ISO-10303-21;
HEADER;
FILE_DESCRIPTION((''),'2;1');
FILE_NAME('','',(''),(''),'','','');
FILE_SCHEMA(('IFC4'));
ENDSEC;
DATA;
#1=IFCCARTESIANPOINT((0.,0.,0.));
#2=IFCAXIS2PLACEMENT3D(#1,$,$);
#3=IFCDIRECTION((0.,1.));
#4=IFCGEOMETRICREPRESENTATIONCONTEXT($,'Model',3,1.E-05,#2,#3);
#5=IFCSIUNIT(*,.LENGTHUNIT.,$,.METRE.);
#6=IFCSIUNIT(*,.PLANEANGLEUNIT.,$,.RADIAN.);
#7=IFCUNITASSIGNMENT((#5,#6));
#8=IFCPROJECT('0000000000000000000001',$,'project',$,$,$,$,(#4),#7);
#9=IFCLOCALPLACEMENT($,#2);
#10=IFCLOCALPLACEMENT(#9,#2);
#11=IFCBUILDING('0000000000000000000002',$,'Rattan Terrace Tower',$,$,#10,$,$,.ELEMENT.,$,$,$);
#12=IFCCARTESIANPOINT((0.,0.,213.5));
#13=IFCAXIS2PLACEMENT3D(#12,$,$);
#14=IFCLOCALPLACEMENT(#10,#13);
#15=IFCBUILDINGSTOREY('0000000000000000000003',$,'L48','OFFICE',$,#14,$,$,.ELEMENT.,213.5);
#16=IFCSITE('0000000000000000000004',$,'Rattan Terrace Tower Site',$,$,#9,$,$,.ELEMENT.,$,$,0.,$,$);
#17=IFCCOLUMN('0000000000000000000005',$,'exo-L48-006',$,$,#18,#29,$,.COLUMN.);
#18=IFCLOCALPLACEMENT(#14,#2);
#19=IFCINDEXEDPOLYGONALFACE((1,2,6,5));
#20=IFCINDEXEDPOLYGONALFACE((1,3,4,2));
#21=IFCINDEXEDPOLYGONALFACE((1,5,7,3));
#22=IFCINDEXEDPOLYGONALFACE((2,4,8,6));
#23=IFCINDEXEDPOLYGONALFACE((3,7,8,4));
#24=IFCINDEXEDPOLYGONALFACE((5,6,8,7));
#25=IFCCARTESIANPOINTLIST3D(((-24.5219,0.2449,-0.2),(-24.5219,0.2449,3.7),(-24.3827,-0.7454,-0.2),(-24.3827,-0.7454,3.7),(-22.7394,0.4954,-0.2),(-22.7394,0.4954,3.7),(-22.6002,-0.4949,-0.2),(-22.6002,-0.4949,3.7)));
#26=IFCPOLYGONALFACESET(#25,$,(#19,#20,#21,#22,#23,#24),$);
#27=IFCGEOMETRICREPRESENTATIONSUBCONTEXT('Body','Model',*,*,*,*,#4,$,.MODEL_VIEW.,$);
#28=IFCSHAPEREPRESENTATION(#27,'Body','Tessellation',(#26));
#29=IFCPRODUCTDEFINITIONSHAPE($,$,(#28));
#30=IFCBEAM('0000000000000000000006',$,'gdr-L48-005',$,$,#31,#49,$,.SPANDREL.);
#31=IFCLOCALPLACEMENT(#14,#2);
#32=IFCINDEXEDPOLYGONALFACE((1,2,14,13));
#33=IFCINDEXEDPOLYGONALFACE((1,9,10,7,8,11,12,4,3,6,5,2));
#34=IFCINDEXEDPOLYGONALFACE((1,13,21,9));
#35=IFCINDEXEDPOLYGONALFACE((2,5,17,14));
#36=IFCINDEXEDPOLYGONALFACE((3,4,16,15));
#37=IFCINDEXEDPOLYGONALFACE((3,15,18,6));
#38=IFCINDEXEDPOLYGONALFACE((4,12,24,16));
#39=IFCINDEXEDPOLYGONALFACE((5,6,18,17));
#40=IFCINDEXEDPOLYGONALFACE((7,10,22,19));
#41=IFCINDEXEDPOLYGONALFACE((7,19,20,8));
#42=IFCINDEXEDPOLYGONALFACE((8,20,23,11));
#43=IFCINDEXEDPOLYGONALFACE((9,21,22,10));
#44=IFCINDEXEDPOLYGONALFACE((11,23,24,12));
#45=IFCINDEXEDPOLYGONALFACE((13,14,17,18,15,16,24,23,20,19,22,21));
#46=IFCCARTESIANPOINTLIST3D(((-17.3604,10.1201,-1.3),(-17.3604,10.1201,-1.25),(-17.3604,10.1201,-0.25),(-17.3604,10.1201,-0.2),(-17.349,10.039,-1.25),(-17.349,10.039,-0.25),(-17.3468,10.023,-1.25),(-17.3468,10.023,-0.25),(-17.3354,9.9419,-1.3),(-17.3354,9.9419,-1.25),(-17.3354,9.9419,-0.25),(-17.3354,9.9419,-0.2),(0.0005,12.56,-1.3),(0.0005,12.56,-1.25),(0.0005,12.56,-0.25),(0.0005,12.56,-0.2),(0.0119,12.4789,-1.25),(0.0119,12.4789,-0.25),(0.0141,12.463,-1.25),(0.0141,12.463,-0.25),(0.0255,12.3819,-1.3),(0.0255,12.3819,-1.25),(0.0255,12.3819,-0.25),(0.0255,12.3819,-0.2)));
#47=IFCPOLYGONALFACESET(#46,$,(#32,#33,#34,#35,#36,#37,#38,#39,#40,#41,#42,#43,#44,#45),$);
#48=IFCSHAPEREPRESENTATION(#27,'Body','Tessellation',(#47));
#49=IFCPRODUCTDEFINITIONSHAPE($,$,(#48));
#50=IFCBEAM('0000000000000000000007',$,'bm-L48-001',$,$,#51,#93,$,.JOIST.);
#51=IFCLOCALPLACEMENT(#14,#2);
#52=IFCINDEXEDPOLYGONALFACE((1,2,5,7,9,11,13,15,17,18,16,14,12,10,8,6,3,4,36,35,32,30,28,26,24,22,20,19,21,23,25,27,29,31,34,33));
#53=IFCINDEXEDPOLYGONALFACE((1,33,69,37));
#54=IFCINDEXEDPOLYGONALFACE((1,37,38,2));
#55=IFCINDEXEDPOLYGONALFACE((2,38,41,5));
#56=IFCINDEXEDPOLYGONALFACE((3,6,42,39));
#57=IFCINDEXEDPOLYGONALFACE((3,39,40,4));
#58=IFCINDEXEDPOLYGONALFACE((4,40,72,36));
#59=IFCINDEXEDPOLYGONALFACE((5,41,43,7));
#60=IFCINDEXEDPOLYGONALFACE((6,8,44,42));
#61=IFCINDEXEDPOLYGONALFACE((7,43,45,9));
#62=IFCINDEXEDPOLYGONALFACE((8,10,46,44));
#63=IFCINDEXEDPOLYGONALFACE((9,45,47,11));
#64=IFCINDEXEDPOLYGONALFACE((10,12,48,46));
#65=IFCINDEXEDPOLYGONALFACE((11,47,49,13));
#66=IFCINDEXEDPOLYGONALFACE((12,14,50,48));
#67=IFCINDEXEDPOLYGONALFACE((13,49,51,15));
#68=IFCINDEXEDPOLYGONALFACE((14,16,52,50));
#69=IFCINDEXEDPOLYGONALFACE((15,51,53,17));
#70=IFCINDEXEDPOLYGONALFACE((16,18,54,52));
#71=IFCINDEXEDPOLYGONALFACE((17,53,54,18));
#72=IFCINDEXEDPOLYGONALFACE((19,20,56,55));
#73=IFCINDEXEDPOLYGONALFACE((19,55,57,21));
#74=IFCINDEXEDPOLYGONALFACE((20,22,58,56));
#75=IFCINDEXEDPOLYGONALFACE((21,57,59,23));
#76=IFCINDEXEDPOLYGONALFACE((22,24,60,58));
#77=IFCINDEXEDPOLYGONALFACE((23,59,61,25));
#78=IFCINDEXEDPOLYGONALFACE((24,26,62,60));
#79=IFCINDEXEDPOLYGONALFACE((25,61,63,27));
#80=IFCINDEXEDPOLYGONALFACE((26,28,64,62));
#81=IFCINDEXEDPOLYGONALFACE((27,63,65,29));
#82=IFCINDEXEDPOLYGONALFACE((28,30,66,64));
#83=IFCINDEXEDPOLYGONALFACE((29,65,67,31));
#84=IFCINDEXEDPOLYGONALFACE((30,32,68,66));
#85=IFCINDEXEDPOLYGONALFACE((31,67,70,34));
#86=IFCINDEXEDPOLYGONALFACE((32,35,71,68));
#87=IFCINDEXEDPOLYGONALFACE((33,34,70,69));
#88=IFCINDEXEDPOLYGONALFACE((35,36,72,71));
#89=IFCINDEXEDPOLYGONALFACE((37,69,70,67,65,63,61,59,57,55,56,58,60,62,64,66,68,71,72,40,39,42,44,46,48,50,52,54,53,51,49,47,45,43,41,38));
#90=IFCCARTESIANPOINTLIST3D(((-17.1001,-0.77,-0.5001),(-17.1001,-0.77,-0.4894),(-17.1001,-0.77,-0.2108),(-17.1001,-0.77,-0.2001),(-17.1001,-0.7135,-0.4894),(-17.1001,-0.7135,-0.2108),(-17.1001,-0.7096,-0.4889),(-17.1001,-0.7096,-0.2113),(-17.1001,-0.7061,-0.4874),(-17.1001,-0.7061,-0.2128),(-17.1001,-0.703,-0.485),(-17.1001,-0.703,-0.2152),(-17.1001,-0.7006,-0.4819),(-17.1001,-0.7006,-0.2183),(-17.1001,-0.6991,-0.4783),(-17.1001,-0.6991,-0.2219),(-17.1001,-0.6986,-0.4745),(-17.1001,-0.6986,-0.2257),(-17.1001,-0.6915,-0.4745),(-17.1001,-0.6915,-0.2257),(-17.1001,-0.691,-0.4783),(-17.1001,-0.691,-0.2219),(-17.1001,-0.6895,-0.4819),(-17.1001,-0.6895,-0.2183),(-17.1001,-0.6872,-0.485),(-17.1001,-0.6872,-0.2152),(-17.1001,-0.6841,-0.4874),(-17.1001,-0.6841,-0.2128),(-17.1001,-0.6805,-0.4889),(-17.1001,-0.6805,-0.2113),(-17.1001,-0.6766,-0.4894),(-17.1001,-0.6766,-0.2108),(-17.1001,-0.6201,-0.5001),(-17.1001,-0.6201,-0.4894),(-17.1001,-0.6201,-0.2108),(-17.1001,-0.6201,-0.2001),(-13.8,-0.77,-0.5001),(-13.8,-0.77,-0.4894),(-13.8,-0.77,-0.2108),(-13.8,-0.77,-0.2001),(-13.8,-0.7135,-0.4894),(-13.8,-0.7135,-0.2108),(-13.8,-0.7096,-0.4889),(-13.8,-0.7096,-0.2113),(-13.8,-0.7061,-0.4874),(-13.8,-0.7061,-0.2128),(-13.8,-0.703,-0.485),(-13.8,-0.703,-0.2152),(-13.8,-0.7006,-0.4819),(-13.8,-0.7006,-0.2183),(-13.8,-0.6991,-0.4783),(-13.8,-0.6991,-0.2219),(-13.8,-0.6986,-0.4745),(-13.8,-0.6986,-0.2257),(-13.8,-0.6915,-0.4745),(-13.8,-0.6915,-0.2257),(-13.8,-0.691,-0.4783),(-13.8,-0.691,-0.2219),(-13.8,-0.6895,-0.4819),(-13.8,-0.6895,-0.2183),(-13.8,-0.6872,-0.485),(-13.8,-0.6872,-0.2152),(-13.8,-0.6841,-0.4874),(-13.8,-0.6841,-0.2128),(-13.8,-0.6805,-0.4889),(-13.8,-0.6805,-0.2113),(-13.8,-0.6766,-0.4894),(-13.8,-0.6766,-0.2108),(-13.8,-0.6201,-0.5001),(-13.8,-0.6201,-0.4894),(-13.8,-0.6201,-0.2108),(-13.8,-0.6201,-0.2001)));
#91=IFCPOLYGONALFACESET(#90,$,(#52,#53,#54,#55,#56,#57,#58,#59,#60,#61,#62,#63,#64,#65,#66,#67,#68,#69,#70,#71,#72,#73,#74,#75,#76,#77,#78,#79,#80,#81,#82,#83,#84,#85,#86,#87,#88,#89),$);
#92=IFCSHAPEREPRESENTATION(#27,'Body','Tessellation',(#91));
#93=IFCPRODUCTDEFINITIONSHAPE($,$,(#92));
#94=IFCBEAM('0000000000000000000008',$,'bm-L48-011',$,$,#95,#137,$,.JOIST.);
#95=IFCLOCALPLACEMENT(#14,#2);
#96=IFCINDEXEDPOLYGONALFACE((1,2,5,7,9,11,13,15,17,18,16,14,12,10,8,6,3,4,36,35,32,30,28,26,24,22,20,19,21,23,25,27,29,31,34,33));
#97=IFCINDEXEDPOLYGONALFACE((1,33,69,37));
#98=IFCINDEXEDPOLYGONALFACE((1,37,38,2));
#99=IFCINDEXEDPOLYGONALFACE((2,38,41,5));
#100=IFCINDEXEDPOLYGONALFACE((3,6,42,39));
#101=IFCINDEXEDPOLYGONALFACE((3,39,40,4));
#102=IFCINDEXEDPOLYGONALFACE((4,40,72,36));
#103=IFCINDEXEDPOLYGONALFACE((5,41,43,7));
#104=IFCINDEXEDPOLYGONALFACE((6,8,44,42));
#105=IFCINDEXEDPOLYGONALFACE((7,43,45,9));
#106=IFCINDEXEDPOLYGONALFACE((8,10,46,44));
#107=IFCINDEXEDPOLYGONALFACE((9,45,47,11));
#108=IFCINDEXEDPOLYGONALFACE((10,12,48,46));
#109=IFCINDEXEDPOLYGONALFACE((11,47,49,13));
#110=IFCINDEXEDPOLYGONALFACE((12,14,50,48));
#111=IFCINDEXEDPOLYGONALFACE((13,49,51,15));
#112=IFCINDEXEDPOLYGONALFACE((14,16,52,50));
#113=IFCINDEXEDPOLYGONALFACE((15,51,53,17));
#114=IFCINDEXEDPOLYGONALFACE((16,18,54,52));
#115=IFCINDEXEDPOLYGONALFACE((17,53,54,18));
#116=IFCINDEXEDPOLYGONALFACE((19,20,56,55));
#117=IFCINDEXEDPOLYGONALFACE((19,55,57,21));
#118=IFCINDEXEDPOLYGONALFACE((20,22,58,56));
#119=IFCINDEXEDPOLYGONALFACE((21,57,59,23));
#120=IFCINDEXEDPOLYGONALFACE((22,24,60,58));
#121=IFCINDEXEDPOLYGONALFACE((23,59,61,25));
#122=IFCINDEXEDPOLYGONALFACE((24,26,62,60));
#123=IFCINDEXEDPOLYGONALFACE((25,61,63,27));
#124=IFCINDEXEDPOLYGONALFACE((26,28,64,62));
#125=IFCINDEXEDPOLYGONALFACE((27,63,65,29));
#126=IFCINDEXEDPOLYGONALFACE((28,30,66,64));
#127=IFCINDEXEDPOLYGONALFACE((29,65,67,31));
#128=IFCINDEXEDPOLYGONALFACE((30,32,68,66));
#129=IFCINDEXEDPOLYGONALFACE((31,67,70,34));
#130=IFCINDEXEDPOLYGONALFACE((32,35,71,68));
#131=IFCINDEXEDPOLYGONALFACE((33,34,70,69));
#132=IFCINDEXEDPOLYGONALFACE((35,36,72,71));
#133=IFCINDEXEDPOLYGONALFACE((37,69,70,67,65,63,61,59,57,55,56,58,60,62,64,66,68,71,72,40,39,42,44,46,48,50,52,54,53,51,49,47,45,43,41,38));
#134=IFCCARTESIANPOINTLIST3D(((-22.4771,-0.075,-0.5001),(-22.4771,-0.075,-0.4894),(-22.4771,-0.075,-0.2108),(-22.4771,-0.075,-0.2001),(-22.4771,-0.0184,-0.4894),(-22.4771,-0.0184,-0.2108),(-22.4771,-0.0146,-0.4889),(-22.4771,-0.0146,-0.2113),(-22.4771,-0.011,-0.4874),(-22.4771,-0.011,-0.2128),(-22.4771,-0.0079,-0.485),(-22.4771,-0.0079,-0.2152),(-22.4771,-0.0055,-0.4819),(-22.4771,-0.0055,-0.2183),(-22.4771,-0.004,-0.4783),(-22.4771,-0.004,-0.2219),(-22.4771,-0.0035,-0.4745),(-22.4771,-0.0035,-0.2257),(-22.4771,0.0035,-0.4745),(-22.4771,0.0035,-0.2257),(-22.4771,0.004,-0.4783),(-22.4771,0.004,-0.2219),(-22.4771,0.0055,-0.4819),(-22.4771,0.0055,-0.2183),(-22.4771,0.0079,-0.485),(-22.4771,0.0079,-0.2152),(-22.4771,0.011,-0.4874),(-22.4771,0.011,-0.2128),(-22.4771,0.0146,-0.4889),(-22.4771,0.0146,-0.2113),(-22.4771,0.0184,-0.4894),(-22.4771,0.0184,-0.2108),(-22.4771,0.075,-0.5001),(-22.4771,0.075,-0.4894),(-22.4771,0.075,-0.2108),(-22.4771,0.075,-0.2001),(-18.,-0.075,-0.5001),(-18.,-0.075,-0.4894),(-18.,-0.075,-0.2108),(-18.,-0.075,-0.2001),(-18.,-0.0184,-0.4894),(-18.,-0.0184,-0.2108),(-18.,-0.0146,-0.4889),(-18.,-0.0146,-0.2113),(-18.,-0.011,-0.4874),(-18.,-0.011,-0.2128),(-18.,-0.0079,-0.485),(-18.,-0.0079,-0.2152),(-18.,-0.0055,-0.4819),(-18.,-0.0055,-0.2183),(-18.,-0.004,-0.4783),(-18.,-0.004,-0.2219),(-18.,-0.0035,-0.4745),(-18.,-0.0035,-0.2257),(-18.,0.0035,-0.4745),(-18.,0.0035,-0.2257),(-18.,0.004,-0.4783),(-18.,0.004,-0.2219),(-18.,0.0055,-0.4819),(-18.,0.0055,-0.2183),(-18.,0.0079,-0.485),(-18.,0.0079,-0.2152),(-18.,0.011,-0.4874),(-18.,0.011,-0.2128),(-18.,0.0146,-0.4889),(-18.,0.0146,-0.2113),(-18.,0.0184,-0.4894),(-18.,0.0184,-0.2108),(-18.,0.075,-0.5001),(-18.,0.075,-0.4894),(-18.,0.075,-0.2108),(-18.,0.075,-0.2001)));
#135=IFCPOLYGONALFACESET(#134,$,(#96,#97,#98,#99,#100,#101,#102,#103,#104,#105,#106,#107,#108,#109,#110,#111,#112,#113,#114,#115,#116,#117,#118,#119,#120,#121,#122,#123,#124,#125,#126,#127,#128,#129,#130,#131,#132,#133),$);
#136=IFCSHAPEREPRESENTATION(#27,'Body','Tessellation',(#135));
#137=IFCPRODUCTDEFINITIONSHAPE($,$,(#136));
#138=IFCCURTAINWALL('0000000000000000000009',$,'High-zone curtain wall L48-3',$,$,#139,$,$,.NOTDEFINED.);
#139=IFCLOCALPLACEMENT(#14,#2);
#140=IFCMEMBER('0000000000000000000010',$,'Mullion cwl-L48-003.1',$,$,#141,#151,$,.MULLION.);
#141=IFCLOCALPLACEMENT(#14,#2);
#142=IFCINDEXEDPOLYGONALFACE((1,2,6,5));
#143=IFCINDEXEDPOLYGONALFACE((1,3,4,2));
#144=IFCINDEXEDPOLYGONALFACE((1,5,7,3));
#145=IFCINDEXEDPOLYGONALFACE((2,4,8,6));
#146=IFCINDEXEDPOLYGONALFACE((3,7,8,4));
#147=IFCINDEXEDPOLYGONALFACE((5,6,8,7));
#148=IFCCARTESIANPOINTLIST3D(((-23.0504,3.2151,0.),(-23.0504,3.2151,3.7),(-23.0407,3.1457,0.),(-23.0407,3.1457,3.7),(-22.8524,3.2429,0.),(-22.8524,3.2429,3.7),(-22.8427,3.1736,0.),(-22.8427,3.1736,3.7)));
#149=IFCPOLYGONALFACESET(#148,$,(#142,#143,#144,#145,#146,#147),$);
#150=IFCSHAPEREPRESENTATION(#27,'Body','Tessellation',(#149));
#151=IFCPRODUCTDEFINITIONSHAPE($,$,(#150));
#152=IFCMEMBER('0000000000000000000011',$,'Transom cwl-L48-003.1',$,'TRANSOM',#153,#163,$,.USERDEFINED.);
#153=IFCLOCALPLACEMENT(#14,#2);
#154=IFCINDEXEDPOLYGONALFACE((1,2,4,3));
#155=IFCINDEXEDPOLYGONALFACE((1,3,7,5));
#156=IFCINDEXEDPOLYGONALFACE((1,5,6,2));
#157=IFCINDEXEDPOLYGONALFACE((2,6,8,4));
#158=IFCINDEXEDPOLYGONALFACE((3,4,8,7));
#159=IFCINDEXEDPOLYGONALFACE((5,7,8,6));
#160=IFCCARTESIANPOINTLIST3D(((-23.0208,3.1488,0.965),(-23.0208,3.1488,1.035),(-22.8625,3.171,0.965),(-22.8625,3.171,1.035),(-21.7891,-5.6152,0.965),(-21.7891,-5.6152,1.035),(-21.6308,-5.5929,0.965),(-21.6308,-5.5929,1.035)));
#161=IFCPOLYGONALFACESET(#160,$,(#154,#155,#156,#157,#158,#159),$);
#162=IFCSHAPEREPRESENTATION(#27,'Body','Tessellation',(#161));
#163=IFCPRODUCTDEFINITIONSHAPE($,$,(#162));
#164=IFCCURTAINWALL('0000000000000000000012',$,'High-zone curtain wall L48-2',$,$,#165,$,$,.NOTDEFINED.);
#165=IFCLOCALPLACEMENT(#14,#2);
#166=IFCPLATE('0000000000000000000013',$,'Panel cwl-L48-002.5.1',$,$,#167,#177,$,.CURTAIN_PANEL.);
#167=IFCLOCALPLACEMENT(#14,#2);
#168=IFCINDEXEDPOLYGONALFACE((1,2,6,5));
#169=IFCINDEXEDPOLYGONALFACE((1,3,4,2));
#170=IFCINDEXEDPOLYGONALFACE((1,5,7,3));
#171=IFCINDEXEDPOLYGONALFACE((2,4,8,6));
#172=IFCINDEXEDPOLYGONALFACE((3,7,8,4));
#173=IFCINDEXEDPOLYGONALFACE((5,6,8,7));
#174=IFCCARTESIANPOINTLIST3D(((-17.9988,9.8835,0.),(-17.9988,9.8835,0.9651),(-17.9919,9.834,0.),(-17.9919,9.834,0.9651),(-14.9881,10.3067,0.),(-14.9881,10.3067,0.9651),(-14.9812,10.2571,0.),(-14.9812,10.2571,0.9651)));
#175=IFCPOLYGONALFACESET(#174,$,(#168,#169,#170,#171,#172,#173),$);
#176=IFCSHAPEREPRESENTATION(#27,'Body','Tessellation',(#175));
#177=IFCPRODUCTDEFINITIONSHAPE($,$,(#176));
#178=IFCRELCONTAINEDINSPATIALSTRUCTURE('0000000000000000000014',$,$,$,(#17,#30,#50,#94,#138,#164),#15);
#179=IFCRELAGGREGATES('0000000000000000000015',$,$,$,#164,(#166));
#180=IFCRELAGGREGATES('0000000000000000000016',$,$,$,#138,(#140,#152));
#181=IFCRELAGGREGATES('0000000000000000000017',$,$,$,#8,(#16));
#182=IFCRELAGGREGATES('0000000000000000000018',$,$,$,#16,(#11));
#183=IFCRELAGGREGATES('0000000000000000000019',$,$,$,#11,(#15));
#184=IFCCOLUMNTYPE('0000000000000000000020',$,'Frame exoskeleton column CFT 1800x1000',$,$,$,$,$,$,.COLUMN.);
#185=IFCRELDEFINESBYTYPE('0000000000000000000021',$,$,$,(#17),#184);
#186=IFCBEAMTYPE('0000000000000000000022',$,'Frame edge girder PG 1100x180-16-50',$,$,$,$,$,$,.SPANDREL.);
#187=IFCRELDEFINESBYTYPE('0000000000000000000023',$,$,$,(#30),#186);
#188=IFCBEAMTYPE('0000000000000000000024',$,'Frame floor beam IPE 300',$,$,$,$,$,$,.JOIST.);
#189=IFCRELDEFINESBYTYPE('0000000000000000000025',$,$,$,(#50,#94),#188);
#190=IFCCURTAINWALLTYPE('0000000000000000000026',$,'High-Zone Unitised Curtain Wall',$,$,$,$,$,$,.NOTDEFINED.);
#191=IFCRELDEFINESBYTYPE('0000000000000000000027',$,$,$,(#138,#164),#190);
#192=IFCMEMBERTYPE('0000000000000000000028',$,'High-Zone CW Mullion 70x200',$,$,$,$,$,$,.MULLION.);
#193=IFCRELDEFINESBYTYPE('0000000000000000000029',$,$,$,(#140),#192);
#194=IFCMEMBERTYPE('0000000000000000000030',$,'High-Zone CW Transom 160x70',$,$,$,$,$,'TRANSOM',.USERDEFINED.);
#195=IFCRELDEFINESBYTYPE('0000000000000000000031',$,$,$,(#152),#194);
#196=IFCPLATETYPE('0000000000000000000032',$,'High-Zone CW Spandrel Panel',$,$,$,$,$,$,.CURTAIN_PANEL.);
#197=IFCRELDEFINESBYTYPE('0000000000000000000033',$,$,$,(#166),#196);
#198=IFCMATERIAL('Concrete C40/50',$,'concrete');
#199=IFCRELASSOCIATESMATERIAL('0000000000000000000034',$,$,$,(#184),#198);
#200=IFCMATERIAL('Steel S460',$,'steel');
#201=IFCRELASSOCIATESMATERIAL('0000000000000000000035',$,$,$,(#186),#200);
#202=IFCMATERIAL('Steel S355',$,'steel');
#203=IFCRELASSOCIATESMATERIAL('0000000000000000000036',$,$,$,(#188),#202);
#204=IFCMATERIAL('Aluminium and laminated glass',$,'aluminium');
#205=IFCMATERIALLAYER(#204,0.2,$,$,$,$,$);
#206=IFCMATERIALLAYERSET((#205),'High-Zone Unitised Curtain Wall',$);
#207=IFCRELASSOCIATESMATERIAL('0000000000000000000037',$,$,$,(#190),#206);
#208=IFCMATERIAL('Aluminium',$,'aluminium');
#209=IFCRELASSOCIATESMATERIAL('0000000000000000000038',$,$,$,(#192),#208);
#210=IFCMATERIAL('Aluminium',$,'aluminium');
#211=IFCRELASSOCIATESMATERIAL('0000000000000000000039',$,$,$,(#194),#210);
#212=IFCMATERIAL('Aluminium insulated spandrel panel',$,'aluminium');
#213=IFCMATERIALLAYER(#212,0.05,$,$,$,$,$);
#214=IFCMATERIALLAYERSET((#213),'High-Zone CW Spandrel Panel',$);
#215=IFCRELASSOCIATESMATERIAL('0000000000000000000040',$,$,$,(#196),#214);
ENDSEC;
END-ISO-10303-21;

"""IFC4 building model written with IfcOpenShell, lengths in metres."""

from ifc_helpers import new_model, si_unit, direction, frame, origin, origin_2d, place, context, subcontext, project, spatial, rectangle, i_section, extrude, material, layer, layer_set, material_profile, profile_set, type_object, element, aggregate, save


model = new_model("IFC4")

# Units and contexts
model_context = context("Model", 3, precision=1e-05, world=origin(), true_north=direction((0.0, 1.0)))
body_context = subcontext(model_context, "Body", "Model", "MODEL_VIEW")
ifc_project = project(units=[si_unit("LENGTHUNIT", "METRE"), si_unit("PLANEANGLEUNIT", "RADIAN")], contexts=[model_context])

# Site, building, storey
site_placement = place(None, origin())
site = spatial("IfcSite", under=ifc_project, at=site_placement, Name="Rattan Terrace Tower Site", CompositionType="ELEMENT", RefElevation=0.0)
building_placement = place(site_placement, origin())
building = spatial("IfcBuilding", under=site, at=building_placement, Name="Rattan Terrace Tower", CompositionType="ELEMENT")
storey_placement = place(building_placement, frame((0.0, 0.0, 213.5)))
storey = spatial("IfcBuildingStorey", under=building, at=storey_placement, Name="L48", Description="OFFICE", CompositionType="ELEMENT", Elevation=213.5)

# Column
ifc_material_1 = material(Name="Concrete C40/50", Category="concrete")
ifc_material_profile_1 = material_profile(ifc_material_1, rectangle(XDim=1.0, YDim=1.8, at=origin_2d()), Name="CFT 1800x1000")
ifc_profile_set_1 = profile_set([ifc_material_profile_1], Name="Concrete C40/50")
column_type = type_object("IfcColumnType", Name="Frame exoskeleton column CFT 1800x1000", PredefinedType="COLUMN", material=ifc_profile_set_1)
column_placement = place(storey_placement, frame((-23.561, -0.125, -0.2), z_axis=(0.0, 0.0, 1.0), x_axis=(-0.13919, 0.990266, 0.0)))
element("IfcColumn", 1, at=column_placement, inside=storey, type_object=column_type, Name="exo-L48-006", PredefinedType="COLUMN", context=body_context, shape_type="SweptSolid", body=[
    extrude(rectangle(XDim=1.0, YDim=1.8, at=origin_2d()), origin(), (0.0, 0.0, 1.0), 3.8999),
])

# Beams
ifc_material_2 = material(Name="Steel S460", Category="steel")
ifc_material_profile_2 = material_profile(ifc_material_2, i_section(OverallWidth=0.1799, OverallDepth=1.1001, WebThickness=0.0161, FlangeThickness=0.05, at=origin_2d()), Name="PG 1100x180-16-50")
ifc_profile_set_2 = profile_set([ifc_material_profile_2], Name="Steel S460")
beam_type_1 = type_object("IfcBeamType", Name="Frame edge girder PG 1100x180-16-50", PredefinedType="SPANDREL", material=ifc_profile_set_2)
beam_1_placement = place(storey_placement, frame((-17.3479, 10.031, -0.75), z_axis=(0.990268, 0.139175, 0.0), x_axis=(-0.139175, 0.990268, 0.0)))
element("IfcBeam", 2, at=beam_1_placement, inside=storey, type_object=beam_type_1, Name="gdr-L48-005", PredefinedType="SPANDREL", context=body_context, shape_type="SweptSolid", body=[
    extrude(i_section(OverallWidth=0.1799, OverallDepth=1.1001, WebThickness=0.0161, FlangeThickness=0.05, at=origin_2d()), origin(), (0.0, 0.0, 1.0), 17.5315),
])
ifc_material_3 = material(Name="Steel S355", Category="steel")
ifc_material_profile_3 = material_profile(ifc_material_3, i_section(OverallWidth=0.1499, OverallDepth=0.3, WebThickness=0.0071, FlangeThickness=0.0107, FilletRadius=0.0149, at=origin_2d()), Name="IPE 300")
ifc_profile_set_3 = profile_set([ifc_material_profile_3], Name="Steel S355")
beam_type_2 = type_object("IfcBeamType", Name="Frame floor beam IPE 300", PredefinedType="JOIST", material=ifc_profile_set_3)
beam_2_placement = place(storey_placement, frame((-17.1001, -0.6951, -0.3501), z_axis=(1.0, 0.0, 0.0), x_axis=(0.0, 1.0, 0.0)))
element("IfcBeam", 3, at=beam_2_placement, inside=storey, type_object=beam_type_2, Name="bm-L48-001", PredefinedType="JOIST", context=body_context, shape_type="SweptSolid", body=[
    extrude(i_section(OverallWidth=0.1499, OverallDepth=0.3, WebThickness=0.0071, FlangeThickness=0.0107, FilletRadius=0.0149, at=origin_2d()), origin(), (0.0, 0.0, 1.0), 3.3),
])
beam_3_placement = place(storey_placement, frame((-22.4771, 0.0, -0.3501), z_axis=(1.0, 0.0, 0.0), x_axis=(0.0, 1.0, 0.0)))
element("IfcBeam", 4, at=beam_3_placement, inside=storey, type_object=beam_type_2, Name="bm-L48-011", PredefinedType="JOIST", context=body_context, shape_type="SweptSolid", body=[
    extrude(i_section(OverallWidth=0.1499, OverallDepth=0.3, WebThickness=0.0071, FlangeThickness=0.0107, FilletRadius=0.0149, at=origin_2d()), origin(), (0.0, 0.0, 1.0), 4.4771),
])

# Curtain wall, members
ifc_material_4 = material(Name="Aluminium and laminated glass", Category="aluminium")
ifc_layer_1 = layer(ifc_material_4, 0.2)
ifc_layer_set_1 = layer_set([ifc_layer_1], Name="High-Zone Unitised Curtain Wall")
curtain_wall_type = type_object("IfcCurtainWallType", Name="High-Zone Unitised Curtain Wall", PredefinedType="NOTDEFINED", material=ifc_layer_set_1)
curtain_wall_1_placement = place(storey_placement, origin())
curtain_wall_1 = element("IfcCurtainWall", 5, at=curtain_wall_1_placement, inside=storey, type_object=curtain_wall_type, Name="High-zone curtain wall L48-3", PredefinedType="NOTDEFINED")
ifc_material_5 = material(Name="Aluminium", Category="aluminium")
ifc_material_profile_4 = material_profile(ifc_material_5, rectangle(XDim=0.0701, YDim=0.2, at=origin_2d()), Name="Aluminium 70x200")
ifc_profile_set_4 = profile_set([ifc_material_profile_4], Name="Aluminium")
member_type_1 = type_object("IfcMemberType", Name="High-Zone CW Mullion 70x200", PredefinedType="MULLION", material=ifc_profile_set_4)
member_1_placement = place(storey_placement, frame((-22.9465, 3.1943, 0.0), z_axis=(0.0, 0.0, 1.0), x_axis=(0.139186, -0.990266, 0.0)))
member_1 = element("IfcMember", 6, at=member_1_placement, type_object=member_type_1, Name="Mullion cwl-L48-003.1", PredefinedType="MULLION", context=body_context, shape_type="SweptSolid", body=[
    extrude(rectangle(XDim=0.0701, YDim=0.2, at=origin_2d()), origin(), (0.0, 0.0, 1.0), 3.7),
])
ifc_material_6 = material(Name="Aluminium", Category="aluminium")
ifc_material_profile_5 = material_profile(ifc_material_6, rectangle(XDim=0.1599, YDim=0.0701, at=origin_2d()), Name="Aluminium 160x70")
ifc_profile_set_5 = profile_set([ifc_material_profile_5], Name="Aluminium")
member_type_2 = type_object("IfcMemberType", Name="High-Zone CW Transom 160x70", ElementType="TRANSOM", PredefinedType="USERDEFINED", material=ifc_profile_set_5)
member_2_placement = place(storey_placement, frame((-22.9417, 3.1599, 1.0), z_axis=(0.139173, -0.990268, 0.0), x_axis=(0.990268, 0.139173, 0.0)))
member_2 = element("IfcMember", 7, at=member_2_placement, type_object=member_type_2, Name="Transom cwl-L48-003.1", ObjectType="TRANSOM", PredefinedType="USERDEFINED", context=body_context, shape_type="SweptSolid", body=[
    extrude(rectangle(XDim=0.1599, YDim=0.0701, at=origin_2d()), origin(), (0.0, 0.0, 1.0), 8.8501),
])

# Curtain wall, plate
curtain_wall_2_placement = place(storey_placement, origin())
curtain_wall_2 = element("IfcCurtainWall", 8, at=curtain_wall_2_placement, inside=storey, type_object=curtain_wall_type, Name="High-zone curtain wall L48-2", PredefinedType="NOTDEFINED")
ifc_material_7 = material(Name="Aluminium insulated spandrel panel", Category="aluminium")
ifc_layer_2 = layer(ifc_material_7, 0.05)
ifc_layer_set_2 = layer_set([ifc_layer_2], Name="High-Zone CW Spandrel Panel")
plate_type_1 = type_object("IfcPlateType", Name="High-Zone CW Spandrel Panel", PredefinedType="CURTAIN_PANEL", material=ifc_layer_set_2)
plate_1_placement = place(storey_placement, frame((-16.49, 10.0703, 0.0), z_axis=(0.0, 0.0, 1.0), x_axis=(-0.990267, -0.139177, 0.0)))
plate_1 = element("IfcPlate", 9, at=plate_1_placement, type_object=plate_type_1, Name="Panel cwl-L48-002.5.1", PredefinedType="CURTAIN_PANEL", context=body_context, shape_type="SweptSolid", body=[
    extrude(rectangle(XDim=3.0403, YDim=0.05, at=origin_2d()), origin(), (0.0, 0.0, 1.0), 0.9651),
])

aggregate(curtain_wall_2, [plate_1])
aggregate(curtain_wall_1, [member_1, member_2])

save(model, "model.ifc")
